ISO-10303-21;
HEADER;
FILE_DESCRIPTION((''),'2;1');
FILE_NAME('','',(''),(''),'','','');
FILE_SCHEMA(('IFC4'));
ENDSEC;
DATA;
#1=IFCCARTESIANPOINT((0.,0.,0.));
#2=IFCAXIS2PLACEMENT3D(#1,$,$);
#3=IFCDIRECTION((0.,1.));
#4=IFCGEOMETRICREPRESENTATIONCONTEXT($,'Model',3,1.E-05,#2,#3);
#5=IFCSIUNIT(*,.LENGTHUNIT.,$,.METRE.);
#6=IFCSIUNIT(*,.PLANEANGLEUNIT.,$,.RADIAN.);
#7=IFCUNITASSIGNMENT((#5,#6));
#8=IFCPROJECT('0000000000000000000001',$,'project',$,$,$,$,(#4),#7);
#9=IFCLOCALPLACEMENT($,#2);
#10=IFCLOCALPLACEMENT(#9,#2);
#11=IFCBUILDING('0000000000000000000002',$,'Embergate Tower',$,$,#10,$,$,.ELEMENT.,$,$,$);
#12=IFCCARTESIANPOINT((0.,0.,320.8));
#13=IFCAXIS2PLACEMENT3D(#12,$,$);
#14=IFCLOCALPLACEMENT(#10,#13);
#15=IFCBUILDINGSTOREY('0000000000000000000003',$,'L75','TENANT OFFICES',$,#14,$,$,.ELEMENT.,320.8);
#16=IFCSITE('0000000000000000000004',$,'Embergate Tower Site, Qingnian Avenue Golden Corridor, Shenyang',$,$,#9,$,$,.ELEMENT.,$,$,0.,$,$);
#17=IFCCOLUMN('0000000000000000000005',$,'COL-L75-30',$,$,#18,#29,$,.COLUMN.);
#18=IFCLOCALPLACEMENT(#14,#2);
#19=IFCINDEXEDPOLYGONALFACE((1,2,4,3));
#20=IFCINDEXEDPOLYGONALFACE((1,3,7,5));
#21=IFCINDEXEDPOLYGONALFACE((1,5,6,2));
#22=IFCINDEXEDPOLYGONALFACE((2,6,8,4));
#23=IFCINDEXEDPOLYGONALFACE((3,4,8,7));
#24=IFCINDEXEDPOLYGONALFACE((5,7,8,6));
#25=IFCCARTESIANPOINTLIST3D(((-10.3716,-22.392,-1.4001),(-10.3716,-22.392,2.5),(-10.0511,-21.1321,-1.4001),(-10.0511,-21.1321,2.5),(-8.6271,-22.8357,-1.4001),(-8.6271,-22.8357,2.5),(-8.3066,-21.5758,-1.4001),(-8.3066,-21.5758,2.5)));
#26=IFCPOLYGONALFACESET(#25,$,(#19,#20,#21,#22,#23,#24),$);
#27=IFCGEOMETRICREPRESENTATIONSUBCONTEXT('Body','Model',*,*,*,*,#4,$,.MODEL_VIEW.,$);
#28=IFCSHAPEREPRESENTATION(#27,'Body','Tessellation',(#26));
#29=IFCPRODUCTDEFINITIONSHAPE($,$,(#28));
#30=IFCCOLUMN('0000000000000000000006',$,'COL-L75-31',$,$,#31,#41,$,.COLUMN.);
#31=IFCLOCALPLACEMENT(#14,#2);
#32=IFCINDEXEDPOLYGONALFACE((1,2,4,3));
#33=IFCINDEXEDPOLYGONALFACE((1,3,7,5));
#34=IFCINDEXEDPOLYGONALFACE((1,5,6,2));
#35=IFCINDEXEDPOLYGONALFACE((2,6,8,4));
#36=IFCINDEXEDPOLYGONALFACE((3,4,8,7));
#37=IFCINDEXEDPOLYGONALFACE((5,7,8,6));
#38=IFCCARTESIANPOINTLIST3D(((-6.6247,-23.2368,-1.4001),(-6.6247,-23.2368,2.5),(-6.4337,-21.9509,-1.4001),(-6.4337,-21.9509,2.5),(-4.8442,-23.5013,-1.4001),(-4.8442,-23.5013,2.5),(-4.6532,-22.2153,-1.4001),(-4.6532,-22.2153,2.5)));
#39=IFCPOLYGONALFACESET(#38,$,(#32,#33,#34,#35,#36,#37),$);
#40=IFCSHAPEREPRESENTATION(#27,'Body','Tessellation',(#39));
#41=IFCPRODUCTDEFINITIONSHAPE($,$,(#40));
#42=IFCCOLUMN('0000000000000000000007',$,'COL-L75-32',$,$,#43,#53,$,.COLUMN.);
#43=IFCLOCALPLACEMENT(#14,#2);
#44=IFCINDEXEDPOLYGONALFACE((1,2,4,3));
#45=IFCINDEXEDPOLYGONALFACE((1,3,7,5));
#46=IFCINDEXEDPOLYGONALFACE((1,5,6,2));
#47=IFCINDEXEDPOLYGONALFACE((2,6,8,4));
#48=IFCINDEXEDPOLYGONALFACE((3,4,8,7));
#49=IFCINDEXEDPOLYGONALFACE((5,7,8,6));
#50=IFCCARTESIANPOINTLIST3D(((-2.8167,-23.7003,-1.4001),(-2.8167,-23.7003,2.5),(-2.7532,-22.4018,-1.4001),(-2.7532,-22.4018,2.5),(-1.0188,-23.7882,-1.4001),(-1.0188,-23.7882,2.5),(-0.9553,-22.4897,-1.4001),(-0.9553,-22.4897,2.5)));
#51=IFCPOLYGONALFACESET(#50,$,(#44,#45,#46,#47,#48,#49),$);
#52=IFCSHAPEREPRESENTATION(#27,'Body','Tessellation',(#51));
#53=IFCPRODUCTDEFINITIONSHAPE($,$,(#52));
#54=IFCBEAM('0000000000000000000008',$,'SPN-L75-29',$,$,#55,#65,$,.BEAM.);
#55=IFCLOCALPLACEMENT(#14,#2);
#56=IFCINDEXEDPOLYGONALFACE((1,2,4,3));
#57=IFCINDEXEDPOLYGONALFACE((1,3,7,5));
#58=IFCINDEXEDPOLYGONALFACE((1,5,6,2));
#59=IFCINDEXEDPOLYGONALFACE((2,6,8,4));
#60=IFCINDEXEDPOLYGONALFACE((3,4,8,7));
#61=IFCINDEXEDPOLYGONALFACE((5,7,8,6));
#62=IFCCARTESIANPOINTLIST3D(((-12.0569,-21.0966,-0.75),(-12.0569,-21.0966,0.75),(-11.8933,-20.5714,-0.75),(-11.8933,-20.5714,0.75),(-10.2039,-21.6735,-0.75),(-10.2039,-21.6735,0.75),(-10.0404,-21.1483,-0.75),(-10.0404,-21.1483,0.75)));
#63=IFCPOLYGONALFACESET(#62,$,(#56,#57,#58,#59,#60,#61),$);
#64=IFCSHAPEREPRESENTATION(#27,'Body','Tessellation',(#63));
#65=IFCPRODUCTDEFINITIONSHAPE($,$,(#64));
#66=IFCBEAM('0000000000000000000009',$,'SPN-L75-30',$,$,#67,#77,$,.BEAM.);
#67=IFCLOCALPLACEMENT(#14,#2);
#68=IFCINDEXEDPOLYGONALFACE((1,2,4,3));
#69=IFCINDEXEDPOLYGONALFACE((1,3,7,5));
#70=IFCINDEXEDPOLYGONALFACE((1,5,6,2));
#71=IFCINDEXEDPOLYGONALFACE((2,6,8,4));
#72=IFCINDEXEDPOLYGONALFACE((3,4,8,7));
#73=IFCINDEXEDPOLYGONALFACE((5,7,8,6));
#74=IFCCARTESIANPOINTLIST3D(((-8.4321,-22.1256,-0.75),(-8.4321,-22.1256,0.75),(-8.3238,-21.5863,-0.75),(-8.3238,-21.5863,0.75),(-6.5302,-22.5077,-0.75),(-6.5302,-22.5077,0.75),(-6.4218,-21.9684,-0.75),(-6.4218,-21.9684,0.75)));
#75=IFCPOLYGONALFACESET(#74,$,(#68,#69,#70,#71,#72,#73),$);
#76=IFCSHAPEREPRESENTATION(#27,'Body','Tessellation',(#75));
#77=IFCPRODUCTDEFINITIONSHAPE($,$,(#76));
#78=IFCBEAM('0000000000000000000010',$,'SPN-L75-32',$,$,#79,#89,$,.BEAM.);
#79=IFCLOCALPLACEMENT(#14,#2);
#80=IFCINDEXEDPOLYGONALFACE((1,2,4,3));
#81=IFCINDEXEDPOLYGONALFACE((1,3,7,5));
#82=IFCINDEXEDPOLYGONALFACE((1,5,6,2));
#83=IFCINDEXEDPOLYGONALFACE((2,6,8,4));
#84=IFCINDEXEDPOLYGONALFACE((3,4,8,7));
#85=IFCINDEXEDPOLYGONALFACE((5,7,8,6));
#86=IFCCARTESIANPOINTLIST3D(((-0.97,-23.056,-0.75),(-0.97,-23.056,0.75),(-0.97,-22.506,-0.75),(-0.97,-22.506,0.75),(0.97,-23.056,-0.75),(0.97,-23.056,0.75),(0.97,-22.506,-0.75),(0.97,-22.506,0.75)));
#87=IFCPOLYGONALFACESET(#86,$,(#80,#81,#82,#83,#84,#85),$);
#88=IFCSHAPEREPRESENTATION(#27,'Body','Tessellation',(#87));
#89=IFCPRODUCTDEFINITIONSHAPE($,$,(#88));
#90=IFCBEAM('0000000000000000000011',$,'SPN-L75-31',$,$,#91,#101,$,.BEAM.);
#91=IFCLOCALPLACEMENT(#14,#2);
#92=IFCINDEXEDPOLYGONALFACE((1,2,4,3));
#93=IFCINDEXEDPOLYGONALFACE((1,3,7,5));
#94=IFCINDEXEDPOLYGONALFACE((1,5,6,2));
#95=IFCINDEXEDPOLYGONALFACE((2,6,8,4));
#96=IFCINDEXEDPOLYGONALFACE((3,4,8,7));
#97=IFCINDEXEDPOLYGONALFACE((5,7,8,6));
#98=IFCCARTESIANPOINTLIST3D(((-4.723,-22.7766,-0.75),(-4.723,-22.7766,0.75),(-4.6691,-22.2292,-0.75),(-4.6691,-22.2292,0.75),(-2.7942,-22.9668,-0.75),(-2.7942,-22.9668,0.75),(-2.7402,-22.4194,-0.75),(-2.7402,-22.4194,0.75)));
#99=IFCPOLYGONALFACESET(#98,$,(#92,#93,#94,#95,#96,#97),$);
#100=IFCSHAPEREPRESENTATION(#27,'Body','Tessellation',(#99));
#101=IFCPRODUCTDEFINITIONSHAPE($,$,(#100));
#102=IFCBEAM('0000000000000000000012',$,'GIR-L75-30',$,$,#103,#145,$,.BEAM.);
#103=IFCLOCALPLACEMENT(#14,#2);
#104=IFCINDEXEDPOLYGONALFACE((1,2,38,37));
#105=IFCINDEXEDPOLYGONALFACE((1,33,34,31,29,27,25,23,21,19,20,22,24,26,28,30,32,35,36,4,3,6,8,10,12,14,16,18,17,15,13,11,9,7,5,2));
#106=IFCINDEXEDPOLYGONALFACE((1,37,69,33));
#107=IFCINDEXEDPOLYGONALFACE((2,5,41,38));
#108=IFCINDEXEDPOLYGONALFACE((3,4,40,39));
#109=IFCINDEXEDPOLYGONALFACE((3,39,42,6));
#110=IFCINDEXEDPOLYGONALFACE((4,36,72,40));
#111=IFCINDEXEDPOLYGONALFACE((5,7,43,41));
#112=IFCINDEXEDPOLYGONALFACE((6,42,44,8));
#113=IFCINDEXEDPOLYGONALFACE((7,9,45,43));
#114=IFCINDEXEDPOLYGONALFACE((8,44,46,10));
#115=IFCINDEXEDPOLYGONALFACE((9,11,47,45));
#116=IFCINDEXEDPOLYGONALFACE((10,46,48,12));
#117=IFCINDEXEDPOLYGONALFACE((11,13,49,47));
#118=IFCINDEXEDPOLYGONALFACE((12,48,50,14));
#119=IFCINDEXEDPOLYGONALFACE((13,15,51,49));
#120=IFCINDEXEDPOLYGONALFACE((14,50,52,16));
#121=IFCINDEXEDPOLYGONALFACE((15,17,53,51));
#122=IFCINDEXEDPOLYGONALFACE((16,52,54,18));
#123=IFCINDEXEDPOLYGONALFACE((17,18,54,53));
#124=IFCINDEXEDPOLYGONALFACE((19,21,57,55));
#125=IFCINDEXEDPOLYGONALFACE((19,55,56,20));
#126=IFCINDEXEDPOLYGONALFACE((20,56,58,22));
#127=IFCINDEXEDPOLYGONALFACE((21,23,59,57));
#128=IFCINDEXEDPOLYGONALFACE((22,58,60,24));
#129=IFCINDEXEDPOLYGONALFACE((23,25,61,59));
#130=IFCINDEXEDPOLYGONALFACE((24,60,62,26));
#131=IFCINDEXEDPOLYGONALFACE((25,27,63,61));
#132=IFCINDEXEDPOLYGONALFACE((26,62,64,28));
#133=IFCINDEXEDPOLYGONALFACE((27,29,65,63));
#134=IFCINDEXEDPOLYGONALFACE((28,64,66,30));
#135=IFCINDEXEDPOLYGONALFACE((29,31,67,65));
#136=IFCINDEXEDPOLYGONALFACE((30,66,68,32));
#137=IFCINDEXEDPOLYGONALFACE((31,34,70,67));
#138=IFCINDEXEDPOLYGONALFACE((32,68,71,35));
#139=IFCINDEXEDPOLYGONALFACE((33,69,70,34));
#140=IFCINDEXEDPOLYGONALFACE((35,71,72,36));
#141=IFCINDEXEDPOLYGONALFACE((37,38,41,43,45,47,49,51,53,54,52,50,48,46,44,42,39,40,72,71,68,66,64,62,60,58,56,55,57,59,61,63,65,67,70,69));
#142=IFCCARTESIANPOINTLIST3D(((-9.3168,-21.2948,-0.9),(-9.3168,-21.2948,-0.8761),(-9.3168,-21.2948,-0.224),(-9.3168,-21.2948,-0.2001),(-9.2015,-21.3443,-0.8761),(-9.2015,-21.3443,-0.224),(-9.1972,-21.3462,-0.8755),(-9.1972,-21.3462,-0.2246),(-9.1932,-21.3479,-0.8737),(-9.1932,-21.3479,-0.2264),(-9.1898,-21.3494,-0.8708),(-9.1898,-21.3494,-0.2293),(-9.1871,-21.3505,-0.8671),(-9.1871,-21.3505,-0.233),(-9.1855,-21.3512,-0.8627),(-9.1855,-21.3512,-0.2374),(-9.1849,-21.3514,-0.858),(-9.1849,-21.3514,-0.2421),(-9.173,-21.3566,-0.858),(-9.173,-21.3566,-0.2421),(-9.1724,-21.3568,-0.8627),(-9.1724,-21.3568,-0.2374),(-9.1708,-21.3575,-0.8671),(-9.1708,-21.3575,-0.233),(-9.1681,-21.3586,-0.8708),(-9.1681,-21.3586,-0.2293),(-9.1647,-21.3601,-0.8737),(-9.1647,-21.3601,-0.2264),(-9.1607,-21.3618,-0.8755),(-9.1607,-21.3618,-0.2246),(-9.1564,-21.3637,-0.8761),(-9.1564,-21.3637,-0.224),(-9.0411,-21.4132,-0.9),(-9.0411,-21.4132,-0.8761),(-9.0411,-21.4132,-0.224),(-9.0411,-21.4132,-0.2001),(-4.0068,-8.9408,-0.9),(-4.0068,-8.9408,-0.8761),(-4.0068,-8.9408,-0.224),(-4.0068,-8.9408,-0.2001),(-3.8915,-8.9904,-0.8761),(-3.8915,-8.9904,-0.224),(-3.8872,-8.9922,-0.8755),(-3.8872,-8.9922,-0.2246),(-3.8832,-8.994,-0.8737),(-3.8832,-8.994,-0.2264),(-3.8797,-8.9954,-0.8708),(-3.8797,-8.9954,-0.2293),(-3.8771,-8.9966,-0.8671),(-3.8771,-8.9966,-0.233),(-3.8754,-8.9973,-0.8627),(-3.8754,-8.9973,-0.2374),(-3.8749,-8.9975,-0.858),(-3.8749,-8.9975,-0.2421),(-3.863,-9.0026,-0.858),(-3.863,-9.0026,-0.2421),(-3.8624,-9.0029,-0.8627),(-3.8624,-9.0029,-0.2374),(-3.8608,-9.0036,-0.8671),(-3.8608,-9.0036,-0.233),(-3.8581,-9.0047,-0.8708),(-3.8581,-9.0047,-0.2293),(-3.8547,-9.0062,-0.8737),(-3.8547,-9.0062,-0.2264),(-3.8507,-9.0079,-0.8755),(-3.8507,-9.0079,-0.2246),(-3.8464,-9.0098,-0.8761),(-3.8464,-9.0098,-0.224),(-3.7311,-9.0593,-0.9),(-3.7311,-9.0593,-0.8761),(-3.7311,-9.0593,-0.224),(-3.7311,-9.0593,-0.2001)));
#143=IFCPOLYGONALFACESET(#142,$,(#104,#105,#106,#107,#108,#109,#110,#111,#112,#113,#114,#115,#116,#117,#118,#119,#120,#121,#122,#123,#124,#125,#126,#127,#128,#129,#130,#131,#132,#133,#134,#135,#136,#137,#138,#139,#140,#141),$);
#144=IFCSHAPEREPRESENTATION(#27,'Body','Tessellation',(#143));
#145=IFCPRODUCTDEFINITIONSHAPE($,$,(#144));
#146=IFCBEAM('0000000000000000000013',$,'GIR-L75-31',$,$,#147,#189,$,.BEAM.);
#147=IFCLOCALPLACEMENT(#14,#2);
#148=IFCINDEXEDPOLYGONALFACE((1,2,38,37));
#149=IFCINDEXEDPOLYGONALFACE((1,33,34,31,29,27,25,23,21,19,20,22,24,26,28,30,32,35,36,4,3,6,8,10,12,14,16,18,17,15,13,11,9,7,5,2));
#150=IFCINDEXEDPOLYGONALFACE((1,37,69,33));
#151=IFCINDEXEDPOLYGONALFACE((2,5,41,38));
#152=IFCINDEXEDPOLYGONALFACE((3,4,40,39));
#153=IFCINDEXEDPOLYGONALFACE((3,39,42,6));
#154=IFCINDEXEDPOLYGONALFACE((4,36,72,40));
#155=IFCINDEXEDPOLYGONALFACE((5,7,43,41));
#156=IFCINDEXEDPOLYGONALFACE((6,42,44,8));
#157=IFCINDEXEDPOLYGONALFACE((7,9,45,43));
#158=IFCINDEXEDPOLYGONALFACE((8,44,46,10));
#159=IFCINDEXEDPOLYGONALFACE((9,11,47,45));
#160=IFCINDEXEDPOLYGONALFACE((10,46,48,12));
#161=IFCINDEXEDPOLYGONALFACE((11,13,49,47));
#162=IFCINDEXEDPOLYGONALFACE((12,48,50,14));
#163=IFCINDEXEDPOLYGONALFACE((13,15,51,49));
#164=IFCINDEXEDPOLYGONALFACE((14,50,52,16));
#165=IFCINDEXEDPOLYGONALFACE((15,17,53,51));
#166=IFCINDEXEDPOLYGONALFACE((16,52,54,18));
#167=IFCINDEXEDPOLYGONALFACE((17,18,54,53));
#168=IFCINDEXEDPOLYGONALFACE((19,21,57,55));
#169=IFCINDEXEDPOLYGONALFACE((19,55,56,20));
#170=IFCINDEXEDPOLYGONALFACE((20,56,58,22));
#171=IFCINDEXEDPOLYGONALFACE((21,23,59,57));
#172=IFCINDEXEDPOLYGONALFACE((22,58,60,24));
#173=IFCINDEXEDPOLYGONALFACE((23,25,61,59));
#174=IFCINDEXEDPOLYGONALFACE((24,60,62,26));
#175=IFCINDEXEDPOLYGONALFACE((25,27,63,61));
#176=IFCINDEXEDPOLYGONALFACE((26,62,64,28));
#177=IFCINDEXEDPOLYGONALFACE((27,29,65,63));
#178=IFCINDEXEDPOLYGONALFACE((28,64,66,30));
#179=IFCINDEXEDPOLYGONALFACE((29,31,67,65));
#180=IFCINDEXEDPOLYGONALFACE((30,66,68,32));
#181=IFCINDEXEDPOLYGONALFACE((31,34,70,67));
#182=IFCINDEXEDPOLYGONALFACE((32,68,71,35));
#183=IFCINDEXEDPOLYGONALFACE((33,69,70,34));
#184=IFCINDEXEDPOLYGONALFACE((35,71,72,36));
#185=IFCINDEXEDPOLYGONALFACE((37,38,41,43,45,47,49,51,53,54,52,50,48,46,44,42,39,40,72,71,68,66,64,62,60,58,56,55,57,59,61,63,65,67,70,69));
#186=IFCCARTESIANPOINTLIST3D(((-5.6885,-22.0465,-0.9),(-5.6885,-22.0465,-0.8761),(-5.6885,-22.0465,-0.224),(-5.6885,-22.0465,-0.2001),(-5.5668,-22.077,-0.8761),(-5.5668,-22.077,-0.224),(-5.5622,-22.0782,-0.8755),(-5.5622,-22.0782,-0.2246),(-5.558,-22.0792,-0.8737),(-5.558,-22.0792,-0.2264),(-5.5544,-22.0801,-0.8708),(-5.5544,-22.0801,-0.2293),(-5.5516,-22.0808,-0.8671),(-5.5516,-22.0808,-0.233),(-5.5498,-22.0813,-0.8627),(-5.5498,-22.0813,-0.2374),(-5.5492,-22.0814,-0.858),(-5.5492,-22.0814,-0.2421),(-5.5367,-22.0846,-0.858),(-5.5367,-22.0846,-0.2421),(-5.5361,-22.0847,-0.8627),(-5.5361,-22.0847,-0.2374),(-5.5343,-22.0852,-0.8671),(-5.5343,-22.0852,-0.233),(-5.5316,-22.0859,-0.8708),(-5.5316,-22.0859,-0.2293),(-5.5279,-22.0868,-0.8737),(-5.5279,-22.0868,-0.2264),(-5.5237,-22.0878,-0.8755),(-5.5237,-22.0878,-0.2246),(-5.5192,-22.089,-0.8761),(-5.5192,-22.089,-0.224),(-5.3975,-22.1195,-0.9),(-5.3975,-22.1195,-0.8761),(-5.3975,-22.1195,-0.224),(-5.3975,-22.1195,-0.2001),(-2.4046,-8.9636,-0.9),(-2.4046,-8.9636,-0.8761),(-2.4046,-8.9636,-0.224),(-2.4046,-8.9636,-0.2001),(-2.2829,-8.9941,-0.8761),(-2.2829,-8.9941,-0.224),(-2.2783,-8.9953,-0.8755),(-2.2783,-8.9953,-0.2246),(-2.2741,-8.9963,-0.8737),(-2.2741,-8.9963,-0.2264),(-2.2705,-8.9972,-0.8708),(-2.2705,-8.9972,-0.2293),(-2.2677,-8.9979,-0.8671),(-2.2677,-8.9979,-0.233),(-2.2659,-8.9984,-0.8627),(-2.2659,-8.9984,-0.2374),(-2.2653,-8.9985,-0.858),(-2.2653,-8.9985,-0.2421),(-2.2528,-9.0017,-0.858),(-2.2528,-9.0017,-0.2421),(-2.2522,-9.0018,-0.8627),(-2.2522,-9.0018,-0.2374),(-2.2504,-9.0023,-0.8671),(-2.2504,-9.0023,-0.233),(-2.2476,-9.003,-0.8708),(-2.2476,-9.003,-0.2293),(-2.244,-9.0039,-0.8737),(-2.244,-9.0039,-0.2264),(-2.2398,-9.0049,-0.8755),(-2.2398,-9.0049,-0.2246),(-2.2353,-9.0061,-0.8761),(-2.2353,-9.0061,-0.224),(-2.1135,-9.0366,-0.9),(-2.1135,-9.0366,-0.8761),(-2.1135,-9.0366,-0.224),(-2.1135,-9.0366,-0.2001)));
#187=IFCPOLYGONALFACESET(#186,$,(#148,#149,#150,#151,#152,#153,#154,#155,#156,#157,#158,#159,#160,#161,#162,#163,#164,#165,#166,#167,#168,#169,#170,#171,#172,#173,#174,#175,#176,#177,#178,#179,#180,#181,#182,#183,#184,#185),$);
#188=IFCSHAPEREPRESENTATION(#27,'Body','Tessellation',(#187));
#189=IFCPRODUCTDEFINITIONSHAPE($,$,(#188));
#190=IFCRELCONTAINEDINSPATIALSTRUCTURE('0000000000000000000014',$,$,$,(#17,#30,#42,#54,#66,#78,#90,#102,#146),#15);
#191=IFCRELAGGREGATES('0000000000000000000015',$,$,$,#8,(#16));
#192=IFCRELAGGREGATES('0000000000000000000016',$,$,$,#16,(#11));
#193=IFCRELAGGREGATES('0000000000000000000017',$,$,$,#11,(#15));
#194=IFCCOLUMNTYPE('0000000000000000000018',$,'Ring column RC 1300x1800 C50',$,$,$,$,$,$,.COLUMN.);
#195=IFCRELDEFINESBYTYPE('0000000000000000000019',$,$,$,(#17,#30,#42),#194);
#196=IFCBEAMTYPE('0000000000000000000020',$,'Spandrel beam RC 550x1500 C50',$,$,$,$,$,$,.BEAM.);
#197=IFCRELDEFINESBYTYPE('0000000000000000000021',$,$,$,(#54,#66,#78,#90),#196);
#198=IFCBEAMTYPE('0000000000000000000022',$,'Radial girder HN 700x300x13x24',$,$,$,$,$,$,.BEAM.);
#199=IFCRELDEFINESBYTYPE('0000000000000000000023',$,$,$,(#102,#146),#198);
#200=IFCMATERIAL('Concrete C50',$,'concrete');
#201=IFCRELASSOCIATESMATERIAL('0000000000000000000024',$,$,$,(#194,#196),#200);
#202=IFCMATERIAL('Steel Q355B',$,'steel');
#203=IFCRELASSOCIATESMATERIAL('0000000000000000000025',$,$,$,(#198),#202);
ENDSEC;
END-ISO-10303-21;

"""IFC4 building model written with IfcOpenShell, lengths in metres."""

from ifc_helpers import new_model, si_unit, direction, frame, origin, origin_2d, place, context, subcontext, project, spatial, rectangle, i_section, extrude, source, transform, mapped, material, material_profile, profile_set, type_object, element, save


model = new_model("IFC4")

# Units and contexts
model_context = context("Model", 3, precision=1e-05, world=origin(), true_north=direction((0.0, 1.0)))
body_context = subcontext(model_context, "Body", "Model", "MODEL_VIEW")
ifc_project = project(units=[si_unit("LENGTHUNIT", "METRE"), si_unit("PLANEANGLEUNIT", "RADIAN")], contexts=[model_context])

# Site, building, storey
site_placement = place(None, origin())
site = spatial("IfcSite", under=ifc_project, at=site_placement, Name="Embergate Tower Site, Qingnian Avenue Golden Corridor, Shenyang", CompositionType="ELEMENT", RefElevation=0.0)
building_placement = place(site_placement, origin())
building = spatial("IfcBuilding", under=site, at=building_placement, Name="Embergate Tower", CompositionType="ELEMENT")
storey_placement = place(building_placement, frame((0.0, 0.0, 320.8)))
storey = spatial("IfcBuildingStorey", under=building, at=storey_placement, Name="L75", Description="TENANT OFFICES", CompositionType="ELEMENT", Elevation=320.8)

# Columns
ifc_material_1 = material(Name="Concrete C50", Category="concrete")
ifc_material_profile_1 = material_profile(ifc_material_1, rectangle(XDim=1.3, YDim=1.8, at=origin_2d()), Name="RC 1300x1800")
ifc_profile_set_1 = profile_set([ifc_material_profile_1], Name="Concrete C50")
column_type = type_object("IfcColumnType", Name="Ring column RC 1300x1800 C50", PredefinedType="COLUMN", material=ifc_profile_set_1)
shared_shape_1 = source(origin(), body_context, "Body", "SweptSolid", [
    extrude(rectangle(XDim=1.3, YDim=1.8, at=origin_2d()), origin(), (0.0, 0.0, 1.0), 3.9001),
])
for number, where, z_axis, x_axis, name in (
    (1, (-9.3391, -21.9839, -1.4001), (0.0, 0.0, 1.0), (-0.246509, -0.969141, 0.0), "COL-L75-30"),
    (2, (-5.6389, -22.7261, -1.4001), (0.0, 0.0, 1.0), (-0.146929, -0.989147, 0.0), "COL-L75-31"),
    (3, (-1.886, -23.095, -1.4001), (0.0, 0.0, 1.0), (-0.048815, -0.998808, 0.0), "COL-L75-32"),
):
    element("IfcColumn", number, at=place(storey_placement, frame(where, z_axis=z_axis, x_axis=x_axis)), inside=storey, type_object=column_type, Name=name, PredefinedType="COLUMN", context=body_context, shape_type="MappedRepresentation", body=[
        mapped(shared_shape_1, transform((0.0, 0.0, 0.0))),
    ])

# Beams
ifc_material_profile_2 = material_profile(ifc_material_1, rectangle(XDim=0.55, YDim=1.5, at=origin_2d()), Name="RC 550x1500")
ifc_profile_set_2 = profile_set([ifc_material_profile_2], Name="Concrete C50")
beam_type_1 = type_object("IfcBeamType", Name="Spandrel beam RC 550x1500 C50", PredefinedType="BEAM", material=ifc_profile_set_2)
shared_shape_2 = source(origin(), body_context, "Body", "SweptSolid", [
    extrude(rectangle(XDim=0.55, YDim=1.5, at=origin_2d()), origin(), (0.0, 0.0, 1.0), 1.9407),
])
beam_1_placement = place(storey_placement, frame((-11.9751, -20.834, 0.0), z_axis=(0.954797, -0.297258, 0.0), x_axis=(0.297258, 0.954797, 0.0)))
element("IfcBeam", 4, at=beam_1_placement, inside=storey, type_object=beam_type_1, Name="SPN-L75-29", PredefinedType="BEAM", context=body_context, shape_type="MappedRepresentation", body=[
    mapped(shared_shape_2, transform((0.0, 0.0, 0.0))),
])
shared_shape_3 = source(origin(), body_context, "Body", "SweptSolid", [
    extrude(rectangle(XDim=0.55, YDim=1.5, at=origin_2d()), origin(), (0.0, 0.0, 1.0), 1.9399),
])
for number, where, z_axis, x_axis, name in (
    (5, (-8.3779, -21.856, 0.0), (0.980411, -0.196963, 0.0), (0.196963, 0.980411, 0.0), "SPN-L75-30"),
    (6, (-0.97, -22.781, 0.0), (1.0, 0.0, 0.0), (0.0, 1.0, 0.0), "SPN-L75-32"),
):
    element("IfcBeam", number, at=place(storey_placement, frame(where, z_axis=z_axis, x_axis=x_axis)), inside=storey, type_object=beam_type_1, Name=name, PredefinedType="BEAM", context=body_context, shape_type="MappedRepresentation", body=[
        mapped(shared_shape_3, transform((0.0, 0.0, 0.0))),
    ])
shared_shape_4 = source(origin(), body_context, "Body", "SweptSolid", [
    extrude(rectangle(XDim=0.55, YDim=1.5, at=origin_2d()), origin(), (0.0, 0.0, 1.0), 1.9382),
])
beam_2_placement = place(storey_placement, frame((-4.696, -22.5029, 0.0), z_axis=(0.995175, -0.098119, 0.0), x_axis=(0.098119, 0.995175, 0.0)))
element("IfcBeam", 7, at=beam_2_placement, inside=storey, type_object=beam_type_1, Name="SPN-L75-31", PredefinedType="BEAM", context=body_context, shape_type="MappedRepresentation", body=[
    mapped(shared_shape_4, transform((0.0, 0.0, 0.0))),
])
ifc_material_2 = material(Name="Steel Q355B", Category="steel")
ifc_material_profile_3 = material_profile(ifc_material_2, i_section(OverallWidth=0.3, OverallDepth=0.7, WebThickness=0.0129, FlangeThickness=0.0239, FilletRadius=0.0181, at=origin_2d()), Name="HN 700x300x13x24")
ifc_profile_set_3 = profile_set([ifc_material_profile_3], Name="Steel Q355 grade B")
beam_type_2 = type_object("IfcBeamType", Name="Radial girder HN 700x300x13x24", PredefinedType="BEAM", material=ifc_profile_set_3)
shared_shape_5 = source(origin(), body_context, "Body", "SweptSolid", [
    extrude(i_section(OverallWidth=0.3, OverallDepth=0.7, WebThickness=0.0129, FlangeThickness=0.0239, FilletRadius=0.0181, at=origin_2d()), origin(), (0.0, 0.0, 1.0), 13.4468),
])
beam_3_placement = place(storey_placement, frame((-9.179, -21.354, -0.55), z_axis=(0.394892, 0.918728, 0.0), x_axis=(-0.918728, 0.394892, 0.0)))
element("IfcBeam", 8, at=beam_3_placement, inside=storey, type_object=beam_type_2, Name="GIR-L75-30", PredefinedType="BEAM", context=body_context, shape_type="MappedRepresentation", body=[
    mapped(shared_shape_5, transform((0.0, 0.0, 0.0))),
])
shared_shape_6 = source(origin(), body_context, "Body", "SweptSolid", [
    extrude(i_section(OverallWidth=0.3, OverallDepth=0.7, WebThickness=0.0129, FlangeThickness=0.0239, FilletRadius=0.0181, at=origin_2d()), origin(), (0.0, 0.0, 1.0), 13.4888),
])
beam_4_placement = place(storey_placement, frame((-5.543, -22.083, -0.55), z_axis=(0.243455, 0.969912, 0.0), x_axis=(-0.969912, 0.243455, 0.0)))
element("IfcBeam", 9, at=beam_4_placement, inside=storey, type_object=beam_type_2, Name="GIR-L75-31", PredefinedType="BEAM", context=body_context, shape_type="MappedRepresentation", body=[
    mapped(shared_shape_6, transform((0.0, 0.0, 0.0))),
])

save(model, "model.ifc")
